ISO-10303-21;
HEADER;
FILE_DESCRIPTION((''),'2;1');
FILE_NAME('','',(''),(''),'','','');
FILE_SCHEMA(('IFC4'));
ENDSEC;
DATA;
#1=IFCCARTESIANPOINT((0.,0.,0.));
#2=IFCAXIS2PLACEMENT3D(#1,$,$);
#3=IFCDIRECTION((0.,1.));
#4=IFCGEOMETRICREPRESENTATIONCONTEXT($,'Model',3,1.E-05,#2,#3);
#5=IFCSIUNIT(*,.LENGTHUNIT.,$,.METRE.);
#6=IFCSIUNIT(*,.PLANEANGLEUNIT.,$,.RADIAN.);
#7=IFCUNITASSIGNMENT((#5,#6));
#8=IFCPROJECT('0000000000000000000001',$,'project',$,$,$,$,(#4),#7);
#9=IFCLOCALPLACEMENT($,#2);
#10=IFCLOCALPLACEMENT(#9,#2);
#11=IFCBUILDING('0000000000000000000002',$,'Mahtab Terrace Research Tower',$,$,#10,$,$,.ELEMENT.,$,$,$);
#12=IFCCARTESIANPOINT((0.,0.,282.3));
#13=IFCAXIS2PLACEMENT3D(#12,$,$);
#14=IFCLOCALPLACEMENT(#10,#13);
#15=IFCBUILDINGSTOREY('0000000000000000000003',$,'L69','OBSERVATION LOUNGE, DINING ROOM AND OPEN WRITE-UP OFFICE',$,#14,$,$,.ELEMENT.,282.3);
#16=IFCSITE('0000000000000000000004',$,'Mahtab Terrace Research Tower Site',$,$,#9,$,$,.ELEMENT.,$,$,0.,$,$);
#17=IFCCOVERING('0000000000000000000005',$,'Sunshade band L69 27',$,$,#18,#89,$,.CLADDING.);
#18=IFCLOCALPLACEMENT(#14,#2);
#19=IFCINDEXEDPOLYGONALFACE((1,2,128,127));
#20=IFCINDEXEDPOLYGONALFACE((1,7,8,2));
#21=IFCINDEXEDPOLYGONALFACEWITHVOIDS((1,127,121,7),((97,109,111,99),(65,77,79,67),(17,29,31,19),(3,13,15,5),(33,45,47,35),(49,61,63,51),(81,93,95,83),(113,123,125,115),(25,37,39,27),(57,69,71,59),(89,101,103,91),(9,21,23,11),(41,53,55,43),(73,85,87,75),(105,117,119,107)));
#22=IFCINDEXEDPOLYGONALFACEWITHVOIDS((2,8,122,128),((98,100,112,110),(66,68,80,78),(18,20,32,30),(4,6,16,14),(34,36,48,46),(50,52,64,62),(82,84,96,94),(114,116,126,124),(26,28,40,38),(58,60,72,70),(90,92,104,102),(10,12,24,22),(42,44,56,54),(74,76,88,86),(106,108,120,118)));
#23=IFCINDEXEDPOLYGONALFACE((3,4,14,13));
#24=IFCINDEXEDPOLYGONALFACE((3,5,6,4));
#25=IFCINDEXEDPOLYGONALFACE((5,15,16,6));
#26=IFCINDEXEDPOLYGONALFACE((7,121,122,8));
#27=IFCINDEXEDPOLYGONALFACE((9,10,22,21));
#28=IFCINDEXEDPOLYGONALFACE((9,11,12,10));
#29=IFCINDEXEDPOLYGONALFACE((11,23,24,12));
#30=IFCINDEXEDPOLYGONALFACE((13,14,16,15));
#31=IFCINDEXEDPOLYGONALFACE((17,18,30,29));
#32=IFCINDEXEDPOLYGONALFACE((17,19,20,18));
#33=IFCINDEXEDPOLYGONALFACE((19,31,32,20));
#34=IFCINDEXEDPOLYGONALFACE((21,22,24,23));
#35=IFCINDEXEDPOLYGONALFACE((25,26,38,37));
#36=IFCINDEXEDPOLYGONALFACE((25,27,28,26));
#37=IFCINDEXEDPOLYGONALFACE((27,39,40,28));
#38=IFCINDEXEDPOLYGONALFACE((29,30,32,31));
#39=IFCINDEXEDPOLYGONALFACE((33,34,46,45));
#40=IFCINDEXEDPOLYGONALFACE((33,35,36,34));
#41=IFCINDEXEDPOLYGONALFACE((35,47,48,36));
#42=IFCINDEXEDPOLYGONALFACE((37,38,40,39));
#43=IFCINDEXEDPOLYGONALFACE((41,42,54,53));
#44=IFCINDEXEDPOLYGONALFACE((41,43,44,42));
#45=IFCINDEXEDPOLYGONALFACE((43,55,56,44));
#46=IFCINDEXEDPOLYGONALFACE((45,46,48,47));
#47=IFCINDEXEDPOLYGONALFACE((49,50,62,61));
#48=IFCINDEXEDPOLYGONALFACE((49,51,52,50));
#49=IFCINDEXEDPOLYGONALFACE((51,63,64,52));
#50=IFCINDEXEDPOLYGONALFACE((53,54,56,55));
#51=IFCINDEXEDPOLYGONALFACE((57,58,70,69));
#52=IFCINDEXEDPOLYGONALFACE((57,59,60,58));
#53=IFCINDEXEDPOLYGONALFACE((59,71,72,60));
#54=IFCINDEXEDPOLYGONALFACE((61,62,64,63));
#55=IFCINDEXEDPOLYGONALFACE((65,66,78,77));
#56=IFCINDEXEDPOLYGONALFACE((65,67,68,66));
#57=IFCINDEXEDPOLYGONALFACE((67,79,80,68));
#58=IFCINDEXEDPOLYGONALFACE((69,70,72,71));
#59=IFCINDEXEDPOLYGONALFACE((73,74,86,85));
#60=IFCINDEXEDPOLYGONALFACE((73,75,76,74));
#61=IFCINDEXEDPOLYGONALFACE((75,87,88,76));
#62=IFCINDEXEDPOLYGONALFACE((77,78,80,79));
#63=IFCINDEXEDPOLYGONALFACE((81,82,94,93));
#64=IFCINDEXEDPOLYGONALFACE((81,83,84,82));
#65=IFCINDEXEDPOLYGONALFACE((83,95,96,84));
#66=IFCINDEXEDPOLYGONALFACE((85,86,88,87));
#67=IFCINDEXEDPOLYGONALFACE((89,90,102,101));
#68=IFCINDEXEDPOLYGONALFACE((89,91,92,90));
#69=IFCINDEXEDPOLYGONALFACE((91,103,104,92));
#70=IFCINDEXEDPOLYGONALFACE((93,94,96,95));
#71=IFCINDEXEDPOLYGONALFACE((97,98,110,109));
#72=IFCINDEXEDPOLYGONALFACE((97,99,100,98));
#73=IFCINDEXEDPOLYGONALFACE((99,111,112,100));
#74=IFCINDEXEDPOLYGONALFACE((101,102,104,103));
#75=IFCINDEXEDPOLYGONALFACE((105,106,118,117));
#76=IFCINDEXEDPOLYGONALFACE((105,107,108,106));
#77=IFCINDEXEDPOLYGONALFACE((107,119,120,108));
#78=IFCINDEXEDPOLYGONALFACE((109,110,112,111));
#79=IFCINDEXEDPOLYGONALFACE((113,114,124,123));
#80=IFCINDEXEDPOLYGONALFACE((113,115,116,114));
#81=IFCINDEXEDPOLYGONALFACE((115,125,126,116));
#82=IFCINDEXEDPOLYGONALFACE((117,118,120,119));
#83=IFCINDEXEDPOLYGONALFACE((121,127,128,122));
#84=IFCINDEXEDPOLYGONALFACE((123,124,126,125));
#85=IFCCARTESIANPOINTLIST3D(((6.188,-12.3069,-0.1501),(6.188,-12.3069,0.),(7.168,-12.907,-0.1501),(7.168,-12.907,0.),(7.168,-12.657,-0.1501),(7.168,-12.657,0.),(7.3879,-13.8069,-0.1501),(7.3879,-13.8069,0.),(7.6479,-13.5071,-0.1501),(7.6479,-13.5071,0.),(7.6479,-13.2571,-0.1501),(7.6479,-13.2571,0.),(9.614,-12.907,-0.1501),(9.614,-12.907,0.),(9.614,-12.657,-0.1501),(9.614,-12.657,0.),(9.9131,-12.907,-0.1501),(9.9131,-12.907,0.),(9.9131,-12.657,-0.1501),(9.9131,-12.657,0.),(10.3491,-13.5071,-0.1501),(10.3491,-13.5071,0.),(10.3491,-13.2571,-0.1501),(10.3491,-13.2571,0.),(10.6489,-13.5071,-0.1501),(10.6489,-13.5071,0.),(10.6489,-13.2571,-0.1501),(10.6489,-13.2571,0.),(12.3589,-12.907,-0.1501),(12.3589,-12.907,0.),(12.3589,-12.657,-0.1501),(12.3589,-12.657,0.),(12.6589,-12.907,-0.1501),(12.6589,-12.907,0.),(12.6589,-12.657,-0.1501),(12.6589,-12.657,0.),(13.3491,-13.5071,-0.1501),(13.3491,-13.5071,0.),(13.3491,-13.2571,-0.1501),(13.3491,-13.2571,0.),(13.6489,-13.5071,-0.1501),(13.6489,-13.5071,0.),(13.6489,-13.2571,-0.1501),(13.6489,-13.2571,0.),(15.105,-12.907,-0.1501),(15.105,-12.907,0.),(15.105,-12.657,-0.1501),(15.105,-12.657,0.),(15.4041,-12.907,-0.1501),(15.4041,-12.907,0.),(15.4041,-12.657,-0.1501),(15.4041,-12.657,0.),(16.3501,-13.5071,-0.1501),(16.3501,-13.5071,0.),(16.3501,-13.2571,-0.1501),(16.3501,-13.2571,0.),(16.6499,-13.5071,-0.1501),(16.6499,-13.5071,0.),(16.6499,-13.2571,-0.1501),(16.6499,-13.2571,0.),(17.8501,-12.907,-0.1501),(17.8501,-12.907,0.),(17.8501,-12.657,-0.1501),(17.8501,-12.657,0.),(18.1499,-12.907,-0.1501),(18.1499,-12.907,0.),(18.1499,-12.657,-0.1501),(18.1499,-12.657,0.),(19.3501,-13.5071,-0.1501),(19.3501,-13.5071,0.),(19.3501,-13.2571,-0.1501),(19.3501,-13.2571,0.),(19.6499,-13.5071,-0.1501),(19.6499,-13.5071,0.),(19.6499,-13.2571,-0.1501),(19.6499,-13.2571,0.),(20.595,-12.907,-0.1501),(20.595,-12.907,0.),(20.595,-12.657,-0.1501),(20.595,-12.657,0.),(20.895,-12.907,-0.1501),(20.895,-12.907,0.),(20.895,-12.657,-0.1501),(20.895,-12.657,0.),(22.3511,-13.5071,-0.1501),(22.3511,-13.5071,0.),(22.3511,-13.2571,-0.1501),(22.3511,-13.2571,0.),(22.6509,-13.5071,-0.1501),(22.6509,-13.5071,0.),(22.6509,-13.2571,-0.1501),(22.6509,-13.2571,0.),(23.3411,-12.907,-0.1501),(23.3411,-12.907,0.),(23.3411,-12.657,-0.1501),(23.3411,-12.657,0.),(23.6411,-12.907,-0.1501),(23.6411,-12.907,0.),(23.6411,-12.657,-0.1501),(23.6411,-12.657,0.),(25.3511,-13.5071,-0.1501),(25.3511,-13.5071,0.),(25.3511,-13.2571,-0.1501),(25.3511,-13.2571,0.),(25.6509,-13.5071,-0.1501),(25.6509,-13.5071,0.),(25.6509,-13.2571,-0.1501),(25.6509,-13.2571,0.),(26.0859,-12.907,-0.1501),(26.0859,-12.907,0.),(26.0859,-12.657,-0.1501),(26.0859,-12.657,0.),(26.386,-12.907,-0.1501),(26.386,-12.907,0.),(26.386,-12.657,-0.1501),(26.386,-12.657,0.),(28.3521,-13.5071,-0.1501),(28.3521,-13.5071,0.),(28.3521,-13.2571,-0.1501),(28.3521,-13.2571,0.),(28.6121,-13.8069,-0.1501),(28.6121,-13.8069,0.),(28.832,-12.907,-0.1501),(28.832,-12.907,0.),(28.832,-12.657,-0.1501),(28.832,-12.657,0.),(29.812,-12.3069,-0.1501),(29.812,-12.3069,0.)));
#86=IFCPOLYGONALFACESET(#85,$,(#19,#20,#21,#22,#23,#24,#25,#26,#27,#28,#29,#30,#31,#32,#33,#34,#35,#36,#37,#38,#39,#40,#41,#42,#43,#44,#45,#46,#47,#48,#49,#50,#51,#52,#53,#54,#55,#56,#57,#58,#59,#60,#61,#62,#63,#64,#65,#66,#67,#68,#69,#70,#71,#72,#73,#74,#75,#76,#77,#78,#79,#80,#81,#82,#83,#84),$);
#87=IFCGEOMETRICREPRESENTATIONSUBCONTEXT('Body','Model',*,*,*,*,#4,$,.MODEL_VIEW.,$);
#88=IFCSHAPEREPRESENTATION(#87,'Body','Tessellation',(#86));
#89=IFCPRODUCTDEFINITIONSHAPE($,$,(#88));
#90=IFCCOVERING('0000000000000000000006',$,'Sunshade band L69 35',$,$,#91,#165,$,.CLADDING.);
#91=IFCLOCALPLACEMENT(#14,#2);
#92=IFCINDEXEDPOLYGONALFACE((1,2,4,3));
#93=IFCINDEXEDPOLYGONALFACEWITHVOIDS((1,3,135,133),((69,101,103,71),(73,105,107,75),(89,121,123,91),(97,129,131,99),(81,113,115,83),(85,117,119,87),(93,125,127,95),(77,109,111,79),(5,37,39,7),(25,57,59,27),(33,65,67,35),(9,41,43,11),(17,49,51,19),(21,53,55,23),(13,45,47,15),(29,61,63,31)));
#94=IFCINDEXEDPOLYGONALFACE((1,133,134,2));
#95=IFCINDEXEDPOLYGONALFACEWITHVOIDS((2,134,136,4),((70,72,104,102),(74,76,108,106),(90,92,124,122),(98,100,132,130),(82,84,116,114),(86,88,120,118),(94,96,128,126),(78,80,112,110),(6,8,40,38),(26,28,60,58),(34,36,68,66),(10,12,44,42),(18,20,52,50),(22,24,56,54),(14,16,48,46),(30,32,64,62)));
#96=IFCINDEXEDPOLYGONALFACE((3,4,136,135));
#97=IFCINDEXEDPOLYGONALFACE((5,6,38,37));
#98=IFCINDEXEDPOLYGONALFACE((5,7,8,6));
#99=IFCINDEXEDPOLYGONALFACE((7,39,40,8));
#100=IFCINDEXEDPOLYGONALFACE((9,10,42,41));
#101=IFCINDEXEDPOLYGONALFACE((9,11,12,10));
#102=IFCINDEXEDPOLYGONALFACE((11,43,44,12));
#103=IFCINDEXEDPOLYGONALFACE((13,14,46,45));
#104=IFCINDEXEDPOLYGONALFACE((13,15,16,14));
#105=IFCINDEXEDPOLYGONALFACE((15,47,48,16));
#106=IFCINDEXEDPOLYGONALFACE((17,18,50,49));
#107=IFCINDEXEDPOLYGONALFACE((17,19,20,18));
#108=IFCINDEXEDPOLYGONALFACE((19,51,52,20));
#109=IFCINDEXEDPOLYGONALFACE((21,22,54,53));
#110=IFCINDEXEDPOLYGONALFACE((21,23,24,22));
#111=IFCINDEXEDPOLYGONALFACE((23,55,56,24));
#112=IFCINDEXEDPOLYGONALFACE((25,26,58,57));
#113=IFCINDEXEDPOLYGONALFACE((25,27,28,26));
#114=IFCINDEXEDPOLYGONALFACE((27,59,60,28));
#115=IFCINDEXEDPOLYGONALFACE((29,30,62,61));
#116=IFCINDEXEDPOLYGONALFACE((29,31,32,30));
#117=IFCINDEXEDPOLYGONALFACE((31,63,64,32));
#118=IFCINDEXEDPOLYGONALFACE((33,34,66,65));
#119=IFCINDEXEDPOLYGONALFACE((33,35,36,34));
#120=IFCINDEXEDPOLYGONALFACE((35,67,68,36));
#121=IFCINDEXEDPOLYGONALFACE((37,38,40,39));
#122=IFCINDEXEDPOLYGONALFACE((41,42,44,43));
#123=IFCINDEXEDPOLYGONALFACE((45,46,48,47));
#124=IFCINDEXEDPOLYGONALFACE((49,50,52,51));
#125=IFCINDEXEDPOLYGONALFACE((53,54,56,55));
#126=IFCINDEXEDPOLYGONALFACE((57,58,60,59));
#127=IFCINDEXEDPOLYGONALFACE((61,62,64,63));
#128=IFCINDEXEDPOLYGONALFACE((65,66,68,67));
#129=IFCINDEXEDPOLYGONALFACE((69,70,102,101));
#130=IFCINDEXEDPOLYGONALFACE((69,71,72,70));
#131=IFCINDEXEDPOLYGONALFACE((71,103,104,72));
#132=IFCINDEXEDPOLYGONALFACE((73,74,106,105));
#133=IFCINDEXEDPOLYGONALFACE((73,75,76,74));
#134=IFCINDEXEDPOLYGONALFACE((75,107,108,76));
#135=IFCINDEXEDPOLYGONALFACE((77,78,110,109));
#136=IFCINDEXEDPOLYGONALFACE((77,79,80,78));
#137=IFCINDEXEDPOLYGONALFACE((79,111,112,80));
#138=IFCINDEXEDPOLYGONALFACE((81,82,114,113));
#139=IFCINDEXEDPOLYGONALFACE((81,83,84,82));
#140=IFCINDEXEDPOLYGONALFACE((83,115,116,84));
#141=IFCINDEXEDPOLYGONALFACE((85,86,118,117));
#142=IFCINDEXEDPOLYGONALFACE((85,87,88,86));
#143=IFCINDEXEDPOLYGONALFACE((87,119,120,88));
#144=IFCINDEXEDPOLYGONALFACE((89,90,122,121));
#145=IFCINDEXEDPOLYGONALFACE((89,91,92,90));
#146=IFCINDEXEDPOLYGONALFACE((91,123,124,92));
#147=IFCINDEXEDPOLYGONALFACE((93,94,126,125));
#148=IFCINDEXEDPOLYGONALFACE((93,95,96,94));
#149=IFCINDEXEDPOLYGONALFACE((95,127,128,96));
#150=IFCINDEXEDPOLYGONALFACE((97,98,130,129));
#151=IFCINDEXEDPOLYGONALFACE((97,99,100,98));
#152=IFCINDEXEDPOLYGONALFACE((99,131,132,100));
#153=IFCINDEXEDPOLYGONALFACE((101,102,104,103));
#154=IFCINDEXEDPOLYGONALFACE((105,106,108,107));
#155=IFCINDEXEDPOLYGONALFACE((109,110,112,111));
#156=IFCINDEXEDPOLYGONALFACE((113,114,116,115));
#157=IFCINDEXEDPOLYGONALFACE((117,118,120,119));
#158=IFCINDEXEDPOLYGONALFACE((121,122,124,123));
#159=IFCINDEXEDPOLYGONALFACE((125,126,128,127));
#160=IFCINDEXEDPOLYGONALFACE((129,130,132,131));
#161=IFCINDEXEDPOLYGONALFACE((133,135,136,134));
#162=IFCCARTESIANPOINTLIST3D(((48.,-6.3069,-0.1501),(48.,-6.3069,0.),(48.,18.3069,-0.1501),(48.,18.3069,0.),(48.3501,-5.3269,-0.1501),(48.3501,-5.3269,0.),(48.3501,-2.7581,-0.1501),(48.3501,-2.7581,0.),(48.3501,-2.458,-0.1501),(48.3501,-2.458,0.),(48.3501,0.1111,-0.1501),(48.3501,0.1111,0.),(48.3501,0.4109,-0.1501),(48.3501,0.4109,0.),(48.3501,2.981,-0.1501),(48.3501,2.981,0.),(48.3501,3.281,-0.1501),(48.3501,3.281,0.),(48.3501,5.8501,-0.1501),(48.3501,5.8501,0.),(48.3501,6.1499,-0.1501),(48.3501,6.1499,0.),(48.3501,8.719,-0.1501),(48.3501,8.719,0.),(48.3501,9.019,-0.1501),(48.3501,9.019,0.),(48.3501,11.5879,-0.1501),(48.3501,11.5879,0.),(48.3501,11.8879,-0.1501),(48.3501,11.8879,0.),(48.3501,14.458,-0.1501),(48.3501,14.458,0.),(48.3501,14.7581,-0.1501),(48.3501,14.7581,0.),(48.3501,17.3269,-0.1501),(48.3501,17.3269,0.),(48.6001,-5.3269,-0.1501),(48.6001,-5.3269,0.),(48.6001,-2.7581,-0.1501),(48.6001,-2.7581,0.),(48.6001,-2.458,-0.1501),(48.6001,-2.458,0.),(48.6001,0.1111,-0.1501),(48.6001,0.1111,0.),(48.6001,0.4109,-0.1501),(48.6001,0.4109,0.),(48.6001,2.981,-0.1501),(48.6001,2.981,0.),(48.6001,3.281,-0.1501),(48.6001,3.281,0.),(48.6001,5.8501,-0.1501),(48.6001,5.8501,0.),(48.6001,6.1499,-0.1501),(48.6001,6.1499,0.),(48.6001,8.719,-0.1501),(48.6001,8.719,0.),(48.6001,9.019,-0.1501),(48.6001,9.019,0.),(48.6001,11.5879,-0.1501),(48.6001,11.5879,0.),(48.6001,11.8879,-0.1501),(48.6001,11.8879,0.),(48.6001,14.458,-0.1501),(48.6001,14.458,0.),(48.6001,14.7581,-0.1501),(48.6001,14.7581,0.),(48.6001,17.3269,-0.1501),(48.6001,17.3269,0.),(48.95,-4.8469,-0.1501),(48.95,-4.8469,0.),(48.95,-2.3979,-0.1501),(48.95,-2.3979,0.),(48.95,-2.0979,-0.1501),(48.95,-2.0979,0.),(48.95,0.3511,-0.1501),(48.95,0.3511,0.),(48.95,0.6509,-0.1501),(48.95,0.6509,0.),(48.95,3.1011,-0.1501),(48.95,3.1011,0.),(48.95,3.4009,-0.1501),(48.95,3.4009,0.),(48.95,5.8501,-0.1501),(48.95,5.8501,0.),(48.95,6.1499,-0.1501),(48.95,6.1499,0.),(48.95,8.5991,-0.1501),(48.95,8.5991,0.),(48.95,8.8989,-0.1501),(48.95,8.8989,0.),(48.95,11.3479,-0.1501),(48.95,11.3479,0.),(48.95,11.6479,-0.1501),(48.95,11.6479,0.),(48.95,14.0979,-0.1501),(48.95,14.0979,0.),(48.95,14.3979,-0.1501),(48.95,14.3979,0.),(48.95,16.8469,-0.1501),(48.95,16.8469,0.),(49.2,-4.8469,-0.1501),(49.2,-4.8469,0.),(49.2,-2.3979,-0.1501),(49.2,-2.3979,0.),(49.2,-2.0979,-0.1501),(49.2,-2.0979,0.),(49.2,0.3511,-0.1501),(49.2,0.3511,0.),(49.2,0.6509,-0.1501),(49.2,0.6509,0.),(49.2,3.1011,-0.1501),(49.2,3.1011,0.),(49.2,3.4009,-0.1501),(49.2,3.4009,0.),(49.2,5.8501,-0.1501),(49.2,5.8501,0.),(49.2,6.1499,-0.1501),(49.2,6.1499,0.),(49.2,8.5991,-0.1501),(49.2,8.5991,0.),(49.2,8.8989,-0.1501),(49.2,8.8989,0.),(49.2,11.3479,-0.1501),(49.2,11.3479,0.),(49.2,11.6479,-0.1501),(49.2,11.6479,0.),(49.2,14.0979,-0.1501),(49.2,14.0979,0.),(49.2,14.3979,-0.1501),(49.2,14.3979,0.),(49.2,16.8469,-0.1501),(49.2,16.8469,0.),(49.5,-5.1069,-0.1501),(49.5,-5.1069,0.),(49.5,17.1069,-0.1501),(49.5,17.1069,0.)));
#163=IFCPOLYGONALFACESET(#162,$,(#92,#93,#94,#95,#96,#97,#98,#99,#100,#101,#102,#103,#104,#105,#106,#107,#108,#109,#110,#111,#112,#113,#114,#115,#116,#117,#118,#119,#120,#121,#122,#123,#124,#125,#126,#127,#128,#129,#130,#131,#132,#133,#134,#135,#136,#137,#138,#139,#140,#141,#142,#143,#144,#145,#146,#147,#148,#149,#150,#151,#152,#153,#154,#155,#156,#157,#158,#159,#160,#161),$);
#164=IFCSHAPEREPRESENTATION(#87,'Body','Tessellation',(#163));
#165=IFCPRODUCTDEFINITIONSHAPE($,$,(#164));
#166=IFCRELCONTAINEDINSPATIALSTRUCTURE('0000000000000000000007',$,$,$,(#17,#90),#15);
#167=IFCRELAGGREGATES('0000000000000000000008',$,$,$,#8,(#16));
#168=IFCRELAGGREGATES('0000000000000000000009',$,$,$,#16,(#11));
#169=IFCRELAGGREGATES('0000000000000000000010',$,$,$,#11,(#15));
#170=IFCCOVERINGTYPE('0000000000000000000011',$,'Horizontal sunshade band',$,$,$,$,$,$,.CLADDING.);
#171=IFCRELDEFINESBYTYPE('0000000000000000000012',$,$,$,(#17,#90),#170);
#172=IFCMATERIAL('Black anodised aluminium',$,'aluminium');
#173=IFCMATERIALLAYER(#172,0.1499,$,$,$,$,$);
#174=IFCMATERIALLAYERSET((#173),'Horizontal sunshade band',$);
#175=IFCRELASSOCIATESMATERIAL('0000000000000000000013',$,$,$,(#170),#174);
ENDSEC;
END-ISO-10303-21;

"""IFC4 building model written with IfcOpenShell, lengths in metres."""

from ifc_helpers import new_model, si_unit, direction, frame, origin, place, context, subcontext, project, spatial, polyline, outline, extrude, material, layer, layer_set, type_object, element, save


model = new_model("IFC4")

# Units and contexts
model_context = context("Model", 3, precision=1e-05, world=origin(), true_north=direction((0.0, 1.0)))
body_context = subcontext(model_context, "Body", "Model", "MODEL_VIEW")
ifc_project = project(units=[si_unit("LENGTHUNIT", "METRE"), si_unit("PLANEANGLEUNIT", "RADIAN")], contexts=[model_context])

# Site, building, storey
site_placement = place(None, origin())
site = spatial("IfcSite", under=ifc_project, at=site_placement, Name="Mahtab Terrace Research Tower Site", CompositionType="ELEMENT", RefElevation=0.0)
building_placement = place(site_placement, origin())
building = spatial("IfcBuilding", under=site, at=building_placement, Name="Mahtab Terrace Research Tower", CompositionType="ELEMENT")
storey_placement = place(building_placement, frame((0.0, 0.0, 282.3)))
storey = spatial("IfcBuildingStorey", under=building, at=storey_placement, Name="L69", Description="OBSERVATION LOUNGE, DINING ROOM AND OPEN WRITE-UP OFFICE", CompositionType="ELEMENT", Elevation=282.3)

# Coverings
ifc_material_1 = material(Name="Black anodised aluminium", Category="aluminium")
ifc_layer_1 = layer(ifc_material_1, 0.1499)
ifc_layer_set_1 = layer_set([ifc_layer_1], Name="Horizontal sunshade band")
covering_type = type_object("IfcCoveringType", Name="Horizontal sunshade band", PredefinedType="CLADDING", material=ifc_layer_set_1)
covering_1_placement = place(storey_placement, frame((0.0, 0.0, -0.1501)))
element("IfcCovering", 1, at=covering_1_placement, inside=storey, type_object=covering_type, Name="Sunshade band L69 27", PredefinedType="CLADDING", context=body_context, shape_type="SweptSolid", body=[
    extrude(outline(polyline([(6.188, -12.3069), (29.812, -12.3069), (28.6121, -13.8069), (7.3879, -13.8069), (6.188, -12.3069)]), holes=[polyline([(7.168, -12.657), (9.614, -12.657), (9.614, -12.907), (7.168, -12.907), (7.168, -12.657)]), polyline([(9.9131, -12.657), (12.3589, -12.657), (12.3589, -12.907), (9.9131, -12.907), (9.9131, -12.657)]), polyline([(12.6589, -12.657), (15.105, -12.657), (15.105, -12.907), (12.6589, -12.907), (12.6589, -12.657)]), polyline([(15.4041, -12.657), (17.8501, -12.657), (17.8501, -12.907), (15.4041, -12.907), (15.4041, -12.657)]), polyline([(18.1499, -12.657), (20.595, -12.657), (20.595, -12.907), (18.1499, -12.907), (18.1499, -12.657)]), polyline([(20.895, -12.657), (23.3411, -12.657), (23.3411, -12.907), (20.895, -12.907), (20.895, -12.657)]), polyline([(23.6411, -12.657), (26.0859, -12.657), (26.0859, -12.907), (23.6411, -12.907), (23.6411, -12.657)]), polyline([(26.386, -12.657), (28.832, -12.657), (28.832, -12.907), (26.386, -12.907), (26.386, -12.657)]), polyline([(7.6479, -13.2571), (10.3491, -13.2571), (10.3491, -13.5071), (7.6479, -13.5071), (7.6479, -13.2571)]), polyline([(10.6489, -13.2571), (13.3491, -13.2571), (13.3491, -13.5071), (10.6489, -13.5071), (10.6489, -13.2571)]), polyline([(13.6489, -13.2571), (16.3501, -13.2571), (16.3501, -13.5071), (13.6489, -13.5071), (13.6489, -13.2571)]), polyline([(16.6499, -13.2571), (19.3501, -13.2571), (19.3501, -13.5071), (16.6499, -13.5071), (16.6499, -13.2571)]), polyline([(19.6499, -13.2571), (22.3511, -13.2571), (22.3511, -13.5071), (19.6499, -13.5071), (19.6499, -13.2571)]), polyline([(22.6509, -13.2571), (25.3511, -13.2571), (25.3511, -13.5071), (22.6509, -13.5071), (22.6509, -13.2571)]), polyline([(25.6509, -13.2571), (28.3521, -13.2571), (28.3521, -13.5071), (25.6509, -13.5071), (25.6509, -13.2571)])]), origin(), (0.0, 0.0, 1.0), 0.1501),
])
covering_2_placement = place(storey_placement, frame((0.0, 0.0, -0.1501)))
element("IfcCovering", 2, at=covering_2_placement, inside=storey, type_object=covering_type, Name="Sunshade band L69 35", PredefinedType="CLADDING", context=body_context, shape_type="SweptSolid", body=[
    extrude(outline(polyline([(48.0, -6.3069), (48.0, 18.3069), (49.5, 17.1069), (49.5, -5.1069), (48.0, -6.3069)]), holes=[polyline([(48.3501, -5.3269), (48.3501, -2.7581), (48.6001, -2.7581), (48.6001, -5.3269), (48.3501, -5.3269)]), polyline([(48.3501, -2.458), (48.3501, 0.1111), (48.6001, 0.1111), (48.6001, -2.458), (48.3501, -2.458)]), polyline([(48.3501, 0.4109), (48.3501, 2.981), (48.6001, 2.981), (48.6001, 0.4109), (48.3501, 0.4109)]), polyline([(48.3501, 3.281), (48.3501, 5.8501), (48.6001, 5.8501), (48.6001, 3.281), (48.3501, 3.281)]), polyline([(48.3501, 6.1499), (48.3501, 8.719), (48.6001, 8.719), (48.6001, 6.1499), (48.3501, 6.1499)]), polyline([(48.3501, 9.019), (48.3501, 11.5879), (48.6001, 11.5879), (48.6001, 9.019), (48.3501, 9.019)]), polyline([(48.3501, 11.8879), (48.3501, 14.458), (48.6001, 14.458), (48.6001, 11.8879), (48.3501, 11.8879)]), polyline([(48.3501, 14.7581), (48.3501, 17.3269), (48.6001, 17.3269), (48.6001, 14.7581), (48.3501, 14.7581)]), polyline([(48.95, -4.8469), (48.95, -2.3979), (49.2, -2.3979), (49.2, -4.8469), (48.95, -4.8469)]), polyline([(48.95, -2.0979), (48.95, 0.3511), (49.2, 0.3511), (49.2, -2.0979), (48.95, -2.0979)]), polyline([(48.95, 0.6509), (48.95, 3.1011), (49.2, 3.1011), (49.2, 0.6509), (48.95, 0.6509)]), polyline([(48.95, 3.4009), (48.95, 5.8501), (49.2, 5.8501), (49.2, 3.4009), (48.95, 3.4009)]), polyline([(48.95, 6.1499), (48.95, 8.5991), (49.2, 8.5991), (49.2, 6.1499), (48.95, 6.1499)]), polyline([(48.95, 8.8989), (48.95, 11.3479), (49.2, 11.3479), (49.2, 8.8989), (48.95, 8.8989)]), polyline([(48.95, 11.6479), (48.95, 14.0979), (49.2, 14.0979), (49.2, 11.6479), (48.95, 11.6479)]), polyline([(48.95, 14.3979), (48.95, 16.8469), (49.2, 16.8469), (49.2, 14.3979), (48.95, 14.3979)])]), origin(), (0.0, 0.0, 1.0), 0.1501),
])

save(model, "model.ifc")
